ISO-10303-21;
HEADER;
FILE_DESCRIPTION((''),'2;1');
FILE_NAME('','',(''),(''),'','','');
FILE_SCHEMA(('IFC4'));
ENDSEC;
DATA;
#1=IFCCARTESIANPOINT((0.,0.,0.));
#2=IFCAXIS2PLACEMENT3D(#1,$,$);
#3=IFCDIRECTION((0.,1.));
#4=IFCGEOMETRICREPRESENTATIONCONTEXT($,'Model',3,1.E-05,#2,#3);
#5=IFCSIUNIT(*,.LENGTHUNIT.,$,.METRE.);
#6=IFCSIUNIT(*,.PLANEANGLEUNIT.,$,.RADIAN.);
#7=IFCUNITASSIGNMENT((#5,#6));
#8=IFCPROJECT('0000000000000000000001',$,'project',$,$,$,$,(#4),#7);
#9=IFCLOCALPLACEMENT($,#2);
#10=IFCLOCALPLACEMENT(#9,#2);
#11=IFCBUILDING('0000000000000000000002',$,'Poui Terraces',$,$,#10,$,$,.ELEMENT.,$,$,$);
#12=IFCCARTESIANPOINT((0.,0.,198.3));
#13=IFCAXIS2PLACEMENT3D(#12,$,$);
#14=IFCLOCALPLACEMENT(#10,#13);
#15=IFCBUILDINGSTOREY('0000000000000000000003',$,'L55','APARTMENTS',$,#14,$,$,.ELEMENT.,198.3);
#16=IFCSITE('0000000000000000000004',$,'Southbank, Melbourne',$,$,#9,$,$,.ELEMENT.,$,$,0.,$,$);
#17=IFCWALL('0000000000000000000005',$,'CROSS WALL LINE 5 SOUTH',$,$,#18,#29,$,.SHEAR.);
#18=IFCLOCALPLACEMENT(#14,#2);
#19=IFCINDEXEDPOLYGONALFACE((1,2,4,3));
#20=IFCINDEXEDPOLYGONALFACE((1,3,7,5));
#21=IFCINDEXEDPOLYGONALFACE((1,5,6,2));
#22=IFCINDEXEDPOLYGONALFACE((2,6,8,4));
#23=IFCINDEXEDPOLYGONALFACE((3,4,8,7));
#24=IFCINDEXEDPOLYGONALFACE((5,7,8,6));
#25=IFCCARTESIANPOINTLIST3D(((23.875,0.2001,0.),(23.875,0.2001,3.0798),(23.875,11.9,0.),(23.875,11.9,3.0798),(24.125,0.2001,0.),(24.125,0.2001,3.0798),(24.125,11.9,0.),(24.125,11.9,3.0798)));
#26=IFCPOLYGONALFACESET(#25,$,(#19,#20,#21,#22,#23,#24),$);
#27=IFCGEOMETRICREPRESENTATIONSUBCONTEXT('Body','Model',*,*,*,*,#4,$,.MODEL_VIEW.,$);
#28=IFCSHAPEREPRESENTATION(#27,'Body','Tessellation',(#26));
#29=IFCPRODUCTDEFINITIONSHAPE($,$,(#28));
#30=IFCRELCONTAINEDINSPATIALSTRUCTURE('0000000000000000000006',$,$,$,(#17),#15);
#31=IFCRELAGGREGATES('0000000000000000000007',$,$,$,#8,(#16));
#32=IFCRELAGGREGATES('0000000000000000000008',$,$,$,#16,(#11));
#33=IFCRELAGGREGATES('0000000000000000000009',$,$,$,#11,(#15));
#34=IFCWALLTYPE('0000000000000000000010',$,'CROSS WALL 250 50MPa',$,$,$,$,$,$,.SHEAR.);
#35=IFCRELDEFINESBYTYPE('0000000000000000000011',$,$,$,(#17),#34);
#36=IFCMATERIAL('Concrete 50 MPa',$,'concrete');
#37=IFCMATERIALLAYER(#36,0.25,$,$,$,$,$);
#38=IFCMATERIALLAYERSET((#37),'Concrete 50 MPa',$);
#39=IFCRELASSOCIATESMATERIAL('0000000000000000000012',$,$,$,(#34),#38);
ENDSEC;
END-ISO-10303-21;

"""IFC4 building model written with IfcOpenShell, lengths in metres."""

from ifc_helpers import new_model, si_unit, direction, frame, frame_2d, origin, place, context, subcontext, project, spatial, rectangle, extrude, material, layer, layer_set, type_object, element, save


model = new_model("IFC4")

# Units and contexts
model_context = context("Model", 3, precision=1e-05, world=origin(), true_north=direction((0.0, 1.0)))
body_context = subcontext(model_context, "Body", "Model", "MODEL_VIEW")
ifc_project = project(units=[si_unit("LENGTHUNIT", "METRE"), si_unit("PLANEANGLEUNIT", "RADIAN")], contexts=[model_context])

# Site, building, storey
site_placement = place(None, origin())
site = spatial("IfcSite", under=ifc_project, at=site_placement, Name="Southbank, Melbourne", CompositionType="ELEMENT", RefElevation=0.0)
building_placement = place(site_placement, origin())
building = spatial("IfcBuilding", under=site, at=building_placement, Name="Poui Terraces", CompositionType="ELEMENT")
storey_placement = place(building_placement, frame((0.0, 0.0, 198.3)))
storey = spatial("IfcBuildingStorey", under=building, at=storey_placement, Name="L55", Description="APARTMENTS", CompositionType="ELEMENT", Elevation=198.3)

# Wall
ifc_material_1 = material(Name="Concrete 50 MPa", Category="concrete")
ifc_layer_1 = layer(ifc_material_1, 0.25)
ifc_layer_set_1 = layer_set([ifc_layer_1], Name="Concrete 50 MPa")
wall_type_1 = type_object("IfcWallType", Name="CROSS WALL 250 50MPa", PredefinedType="SHEAR", material=ifc_layer_set_1)
wall_1_placement = place(storey_placement, frame((24.0, 0.2, 0.0), z_axis=(0.0, 0.0, 1.0), x_axis=(0.0, 1.0, 0.0)))
element("IfcWall", 1, at=wall_1_placement, inside=storey, type_object=wall_type_1, Name="CROSS WALL LINE 5 SOUTH", PredefinedType="SHEAR", context=body_context, shape_type="SweptSolid", body=[
    extrude(rectangle(XDim=11.7, YDim=0.25, at=frame_2d((5.8501, 0.0))), origin(), (0.0, 0.0, 1.0), 3.0798),
])

save(model, "model.ifc")
